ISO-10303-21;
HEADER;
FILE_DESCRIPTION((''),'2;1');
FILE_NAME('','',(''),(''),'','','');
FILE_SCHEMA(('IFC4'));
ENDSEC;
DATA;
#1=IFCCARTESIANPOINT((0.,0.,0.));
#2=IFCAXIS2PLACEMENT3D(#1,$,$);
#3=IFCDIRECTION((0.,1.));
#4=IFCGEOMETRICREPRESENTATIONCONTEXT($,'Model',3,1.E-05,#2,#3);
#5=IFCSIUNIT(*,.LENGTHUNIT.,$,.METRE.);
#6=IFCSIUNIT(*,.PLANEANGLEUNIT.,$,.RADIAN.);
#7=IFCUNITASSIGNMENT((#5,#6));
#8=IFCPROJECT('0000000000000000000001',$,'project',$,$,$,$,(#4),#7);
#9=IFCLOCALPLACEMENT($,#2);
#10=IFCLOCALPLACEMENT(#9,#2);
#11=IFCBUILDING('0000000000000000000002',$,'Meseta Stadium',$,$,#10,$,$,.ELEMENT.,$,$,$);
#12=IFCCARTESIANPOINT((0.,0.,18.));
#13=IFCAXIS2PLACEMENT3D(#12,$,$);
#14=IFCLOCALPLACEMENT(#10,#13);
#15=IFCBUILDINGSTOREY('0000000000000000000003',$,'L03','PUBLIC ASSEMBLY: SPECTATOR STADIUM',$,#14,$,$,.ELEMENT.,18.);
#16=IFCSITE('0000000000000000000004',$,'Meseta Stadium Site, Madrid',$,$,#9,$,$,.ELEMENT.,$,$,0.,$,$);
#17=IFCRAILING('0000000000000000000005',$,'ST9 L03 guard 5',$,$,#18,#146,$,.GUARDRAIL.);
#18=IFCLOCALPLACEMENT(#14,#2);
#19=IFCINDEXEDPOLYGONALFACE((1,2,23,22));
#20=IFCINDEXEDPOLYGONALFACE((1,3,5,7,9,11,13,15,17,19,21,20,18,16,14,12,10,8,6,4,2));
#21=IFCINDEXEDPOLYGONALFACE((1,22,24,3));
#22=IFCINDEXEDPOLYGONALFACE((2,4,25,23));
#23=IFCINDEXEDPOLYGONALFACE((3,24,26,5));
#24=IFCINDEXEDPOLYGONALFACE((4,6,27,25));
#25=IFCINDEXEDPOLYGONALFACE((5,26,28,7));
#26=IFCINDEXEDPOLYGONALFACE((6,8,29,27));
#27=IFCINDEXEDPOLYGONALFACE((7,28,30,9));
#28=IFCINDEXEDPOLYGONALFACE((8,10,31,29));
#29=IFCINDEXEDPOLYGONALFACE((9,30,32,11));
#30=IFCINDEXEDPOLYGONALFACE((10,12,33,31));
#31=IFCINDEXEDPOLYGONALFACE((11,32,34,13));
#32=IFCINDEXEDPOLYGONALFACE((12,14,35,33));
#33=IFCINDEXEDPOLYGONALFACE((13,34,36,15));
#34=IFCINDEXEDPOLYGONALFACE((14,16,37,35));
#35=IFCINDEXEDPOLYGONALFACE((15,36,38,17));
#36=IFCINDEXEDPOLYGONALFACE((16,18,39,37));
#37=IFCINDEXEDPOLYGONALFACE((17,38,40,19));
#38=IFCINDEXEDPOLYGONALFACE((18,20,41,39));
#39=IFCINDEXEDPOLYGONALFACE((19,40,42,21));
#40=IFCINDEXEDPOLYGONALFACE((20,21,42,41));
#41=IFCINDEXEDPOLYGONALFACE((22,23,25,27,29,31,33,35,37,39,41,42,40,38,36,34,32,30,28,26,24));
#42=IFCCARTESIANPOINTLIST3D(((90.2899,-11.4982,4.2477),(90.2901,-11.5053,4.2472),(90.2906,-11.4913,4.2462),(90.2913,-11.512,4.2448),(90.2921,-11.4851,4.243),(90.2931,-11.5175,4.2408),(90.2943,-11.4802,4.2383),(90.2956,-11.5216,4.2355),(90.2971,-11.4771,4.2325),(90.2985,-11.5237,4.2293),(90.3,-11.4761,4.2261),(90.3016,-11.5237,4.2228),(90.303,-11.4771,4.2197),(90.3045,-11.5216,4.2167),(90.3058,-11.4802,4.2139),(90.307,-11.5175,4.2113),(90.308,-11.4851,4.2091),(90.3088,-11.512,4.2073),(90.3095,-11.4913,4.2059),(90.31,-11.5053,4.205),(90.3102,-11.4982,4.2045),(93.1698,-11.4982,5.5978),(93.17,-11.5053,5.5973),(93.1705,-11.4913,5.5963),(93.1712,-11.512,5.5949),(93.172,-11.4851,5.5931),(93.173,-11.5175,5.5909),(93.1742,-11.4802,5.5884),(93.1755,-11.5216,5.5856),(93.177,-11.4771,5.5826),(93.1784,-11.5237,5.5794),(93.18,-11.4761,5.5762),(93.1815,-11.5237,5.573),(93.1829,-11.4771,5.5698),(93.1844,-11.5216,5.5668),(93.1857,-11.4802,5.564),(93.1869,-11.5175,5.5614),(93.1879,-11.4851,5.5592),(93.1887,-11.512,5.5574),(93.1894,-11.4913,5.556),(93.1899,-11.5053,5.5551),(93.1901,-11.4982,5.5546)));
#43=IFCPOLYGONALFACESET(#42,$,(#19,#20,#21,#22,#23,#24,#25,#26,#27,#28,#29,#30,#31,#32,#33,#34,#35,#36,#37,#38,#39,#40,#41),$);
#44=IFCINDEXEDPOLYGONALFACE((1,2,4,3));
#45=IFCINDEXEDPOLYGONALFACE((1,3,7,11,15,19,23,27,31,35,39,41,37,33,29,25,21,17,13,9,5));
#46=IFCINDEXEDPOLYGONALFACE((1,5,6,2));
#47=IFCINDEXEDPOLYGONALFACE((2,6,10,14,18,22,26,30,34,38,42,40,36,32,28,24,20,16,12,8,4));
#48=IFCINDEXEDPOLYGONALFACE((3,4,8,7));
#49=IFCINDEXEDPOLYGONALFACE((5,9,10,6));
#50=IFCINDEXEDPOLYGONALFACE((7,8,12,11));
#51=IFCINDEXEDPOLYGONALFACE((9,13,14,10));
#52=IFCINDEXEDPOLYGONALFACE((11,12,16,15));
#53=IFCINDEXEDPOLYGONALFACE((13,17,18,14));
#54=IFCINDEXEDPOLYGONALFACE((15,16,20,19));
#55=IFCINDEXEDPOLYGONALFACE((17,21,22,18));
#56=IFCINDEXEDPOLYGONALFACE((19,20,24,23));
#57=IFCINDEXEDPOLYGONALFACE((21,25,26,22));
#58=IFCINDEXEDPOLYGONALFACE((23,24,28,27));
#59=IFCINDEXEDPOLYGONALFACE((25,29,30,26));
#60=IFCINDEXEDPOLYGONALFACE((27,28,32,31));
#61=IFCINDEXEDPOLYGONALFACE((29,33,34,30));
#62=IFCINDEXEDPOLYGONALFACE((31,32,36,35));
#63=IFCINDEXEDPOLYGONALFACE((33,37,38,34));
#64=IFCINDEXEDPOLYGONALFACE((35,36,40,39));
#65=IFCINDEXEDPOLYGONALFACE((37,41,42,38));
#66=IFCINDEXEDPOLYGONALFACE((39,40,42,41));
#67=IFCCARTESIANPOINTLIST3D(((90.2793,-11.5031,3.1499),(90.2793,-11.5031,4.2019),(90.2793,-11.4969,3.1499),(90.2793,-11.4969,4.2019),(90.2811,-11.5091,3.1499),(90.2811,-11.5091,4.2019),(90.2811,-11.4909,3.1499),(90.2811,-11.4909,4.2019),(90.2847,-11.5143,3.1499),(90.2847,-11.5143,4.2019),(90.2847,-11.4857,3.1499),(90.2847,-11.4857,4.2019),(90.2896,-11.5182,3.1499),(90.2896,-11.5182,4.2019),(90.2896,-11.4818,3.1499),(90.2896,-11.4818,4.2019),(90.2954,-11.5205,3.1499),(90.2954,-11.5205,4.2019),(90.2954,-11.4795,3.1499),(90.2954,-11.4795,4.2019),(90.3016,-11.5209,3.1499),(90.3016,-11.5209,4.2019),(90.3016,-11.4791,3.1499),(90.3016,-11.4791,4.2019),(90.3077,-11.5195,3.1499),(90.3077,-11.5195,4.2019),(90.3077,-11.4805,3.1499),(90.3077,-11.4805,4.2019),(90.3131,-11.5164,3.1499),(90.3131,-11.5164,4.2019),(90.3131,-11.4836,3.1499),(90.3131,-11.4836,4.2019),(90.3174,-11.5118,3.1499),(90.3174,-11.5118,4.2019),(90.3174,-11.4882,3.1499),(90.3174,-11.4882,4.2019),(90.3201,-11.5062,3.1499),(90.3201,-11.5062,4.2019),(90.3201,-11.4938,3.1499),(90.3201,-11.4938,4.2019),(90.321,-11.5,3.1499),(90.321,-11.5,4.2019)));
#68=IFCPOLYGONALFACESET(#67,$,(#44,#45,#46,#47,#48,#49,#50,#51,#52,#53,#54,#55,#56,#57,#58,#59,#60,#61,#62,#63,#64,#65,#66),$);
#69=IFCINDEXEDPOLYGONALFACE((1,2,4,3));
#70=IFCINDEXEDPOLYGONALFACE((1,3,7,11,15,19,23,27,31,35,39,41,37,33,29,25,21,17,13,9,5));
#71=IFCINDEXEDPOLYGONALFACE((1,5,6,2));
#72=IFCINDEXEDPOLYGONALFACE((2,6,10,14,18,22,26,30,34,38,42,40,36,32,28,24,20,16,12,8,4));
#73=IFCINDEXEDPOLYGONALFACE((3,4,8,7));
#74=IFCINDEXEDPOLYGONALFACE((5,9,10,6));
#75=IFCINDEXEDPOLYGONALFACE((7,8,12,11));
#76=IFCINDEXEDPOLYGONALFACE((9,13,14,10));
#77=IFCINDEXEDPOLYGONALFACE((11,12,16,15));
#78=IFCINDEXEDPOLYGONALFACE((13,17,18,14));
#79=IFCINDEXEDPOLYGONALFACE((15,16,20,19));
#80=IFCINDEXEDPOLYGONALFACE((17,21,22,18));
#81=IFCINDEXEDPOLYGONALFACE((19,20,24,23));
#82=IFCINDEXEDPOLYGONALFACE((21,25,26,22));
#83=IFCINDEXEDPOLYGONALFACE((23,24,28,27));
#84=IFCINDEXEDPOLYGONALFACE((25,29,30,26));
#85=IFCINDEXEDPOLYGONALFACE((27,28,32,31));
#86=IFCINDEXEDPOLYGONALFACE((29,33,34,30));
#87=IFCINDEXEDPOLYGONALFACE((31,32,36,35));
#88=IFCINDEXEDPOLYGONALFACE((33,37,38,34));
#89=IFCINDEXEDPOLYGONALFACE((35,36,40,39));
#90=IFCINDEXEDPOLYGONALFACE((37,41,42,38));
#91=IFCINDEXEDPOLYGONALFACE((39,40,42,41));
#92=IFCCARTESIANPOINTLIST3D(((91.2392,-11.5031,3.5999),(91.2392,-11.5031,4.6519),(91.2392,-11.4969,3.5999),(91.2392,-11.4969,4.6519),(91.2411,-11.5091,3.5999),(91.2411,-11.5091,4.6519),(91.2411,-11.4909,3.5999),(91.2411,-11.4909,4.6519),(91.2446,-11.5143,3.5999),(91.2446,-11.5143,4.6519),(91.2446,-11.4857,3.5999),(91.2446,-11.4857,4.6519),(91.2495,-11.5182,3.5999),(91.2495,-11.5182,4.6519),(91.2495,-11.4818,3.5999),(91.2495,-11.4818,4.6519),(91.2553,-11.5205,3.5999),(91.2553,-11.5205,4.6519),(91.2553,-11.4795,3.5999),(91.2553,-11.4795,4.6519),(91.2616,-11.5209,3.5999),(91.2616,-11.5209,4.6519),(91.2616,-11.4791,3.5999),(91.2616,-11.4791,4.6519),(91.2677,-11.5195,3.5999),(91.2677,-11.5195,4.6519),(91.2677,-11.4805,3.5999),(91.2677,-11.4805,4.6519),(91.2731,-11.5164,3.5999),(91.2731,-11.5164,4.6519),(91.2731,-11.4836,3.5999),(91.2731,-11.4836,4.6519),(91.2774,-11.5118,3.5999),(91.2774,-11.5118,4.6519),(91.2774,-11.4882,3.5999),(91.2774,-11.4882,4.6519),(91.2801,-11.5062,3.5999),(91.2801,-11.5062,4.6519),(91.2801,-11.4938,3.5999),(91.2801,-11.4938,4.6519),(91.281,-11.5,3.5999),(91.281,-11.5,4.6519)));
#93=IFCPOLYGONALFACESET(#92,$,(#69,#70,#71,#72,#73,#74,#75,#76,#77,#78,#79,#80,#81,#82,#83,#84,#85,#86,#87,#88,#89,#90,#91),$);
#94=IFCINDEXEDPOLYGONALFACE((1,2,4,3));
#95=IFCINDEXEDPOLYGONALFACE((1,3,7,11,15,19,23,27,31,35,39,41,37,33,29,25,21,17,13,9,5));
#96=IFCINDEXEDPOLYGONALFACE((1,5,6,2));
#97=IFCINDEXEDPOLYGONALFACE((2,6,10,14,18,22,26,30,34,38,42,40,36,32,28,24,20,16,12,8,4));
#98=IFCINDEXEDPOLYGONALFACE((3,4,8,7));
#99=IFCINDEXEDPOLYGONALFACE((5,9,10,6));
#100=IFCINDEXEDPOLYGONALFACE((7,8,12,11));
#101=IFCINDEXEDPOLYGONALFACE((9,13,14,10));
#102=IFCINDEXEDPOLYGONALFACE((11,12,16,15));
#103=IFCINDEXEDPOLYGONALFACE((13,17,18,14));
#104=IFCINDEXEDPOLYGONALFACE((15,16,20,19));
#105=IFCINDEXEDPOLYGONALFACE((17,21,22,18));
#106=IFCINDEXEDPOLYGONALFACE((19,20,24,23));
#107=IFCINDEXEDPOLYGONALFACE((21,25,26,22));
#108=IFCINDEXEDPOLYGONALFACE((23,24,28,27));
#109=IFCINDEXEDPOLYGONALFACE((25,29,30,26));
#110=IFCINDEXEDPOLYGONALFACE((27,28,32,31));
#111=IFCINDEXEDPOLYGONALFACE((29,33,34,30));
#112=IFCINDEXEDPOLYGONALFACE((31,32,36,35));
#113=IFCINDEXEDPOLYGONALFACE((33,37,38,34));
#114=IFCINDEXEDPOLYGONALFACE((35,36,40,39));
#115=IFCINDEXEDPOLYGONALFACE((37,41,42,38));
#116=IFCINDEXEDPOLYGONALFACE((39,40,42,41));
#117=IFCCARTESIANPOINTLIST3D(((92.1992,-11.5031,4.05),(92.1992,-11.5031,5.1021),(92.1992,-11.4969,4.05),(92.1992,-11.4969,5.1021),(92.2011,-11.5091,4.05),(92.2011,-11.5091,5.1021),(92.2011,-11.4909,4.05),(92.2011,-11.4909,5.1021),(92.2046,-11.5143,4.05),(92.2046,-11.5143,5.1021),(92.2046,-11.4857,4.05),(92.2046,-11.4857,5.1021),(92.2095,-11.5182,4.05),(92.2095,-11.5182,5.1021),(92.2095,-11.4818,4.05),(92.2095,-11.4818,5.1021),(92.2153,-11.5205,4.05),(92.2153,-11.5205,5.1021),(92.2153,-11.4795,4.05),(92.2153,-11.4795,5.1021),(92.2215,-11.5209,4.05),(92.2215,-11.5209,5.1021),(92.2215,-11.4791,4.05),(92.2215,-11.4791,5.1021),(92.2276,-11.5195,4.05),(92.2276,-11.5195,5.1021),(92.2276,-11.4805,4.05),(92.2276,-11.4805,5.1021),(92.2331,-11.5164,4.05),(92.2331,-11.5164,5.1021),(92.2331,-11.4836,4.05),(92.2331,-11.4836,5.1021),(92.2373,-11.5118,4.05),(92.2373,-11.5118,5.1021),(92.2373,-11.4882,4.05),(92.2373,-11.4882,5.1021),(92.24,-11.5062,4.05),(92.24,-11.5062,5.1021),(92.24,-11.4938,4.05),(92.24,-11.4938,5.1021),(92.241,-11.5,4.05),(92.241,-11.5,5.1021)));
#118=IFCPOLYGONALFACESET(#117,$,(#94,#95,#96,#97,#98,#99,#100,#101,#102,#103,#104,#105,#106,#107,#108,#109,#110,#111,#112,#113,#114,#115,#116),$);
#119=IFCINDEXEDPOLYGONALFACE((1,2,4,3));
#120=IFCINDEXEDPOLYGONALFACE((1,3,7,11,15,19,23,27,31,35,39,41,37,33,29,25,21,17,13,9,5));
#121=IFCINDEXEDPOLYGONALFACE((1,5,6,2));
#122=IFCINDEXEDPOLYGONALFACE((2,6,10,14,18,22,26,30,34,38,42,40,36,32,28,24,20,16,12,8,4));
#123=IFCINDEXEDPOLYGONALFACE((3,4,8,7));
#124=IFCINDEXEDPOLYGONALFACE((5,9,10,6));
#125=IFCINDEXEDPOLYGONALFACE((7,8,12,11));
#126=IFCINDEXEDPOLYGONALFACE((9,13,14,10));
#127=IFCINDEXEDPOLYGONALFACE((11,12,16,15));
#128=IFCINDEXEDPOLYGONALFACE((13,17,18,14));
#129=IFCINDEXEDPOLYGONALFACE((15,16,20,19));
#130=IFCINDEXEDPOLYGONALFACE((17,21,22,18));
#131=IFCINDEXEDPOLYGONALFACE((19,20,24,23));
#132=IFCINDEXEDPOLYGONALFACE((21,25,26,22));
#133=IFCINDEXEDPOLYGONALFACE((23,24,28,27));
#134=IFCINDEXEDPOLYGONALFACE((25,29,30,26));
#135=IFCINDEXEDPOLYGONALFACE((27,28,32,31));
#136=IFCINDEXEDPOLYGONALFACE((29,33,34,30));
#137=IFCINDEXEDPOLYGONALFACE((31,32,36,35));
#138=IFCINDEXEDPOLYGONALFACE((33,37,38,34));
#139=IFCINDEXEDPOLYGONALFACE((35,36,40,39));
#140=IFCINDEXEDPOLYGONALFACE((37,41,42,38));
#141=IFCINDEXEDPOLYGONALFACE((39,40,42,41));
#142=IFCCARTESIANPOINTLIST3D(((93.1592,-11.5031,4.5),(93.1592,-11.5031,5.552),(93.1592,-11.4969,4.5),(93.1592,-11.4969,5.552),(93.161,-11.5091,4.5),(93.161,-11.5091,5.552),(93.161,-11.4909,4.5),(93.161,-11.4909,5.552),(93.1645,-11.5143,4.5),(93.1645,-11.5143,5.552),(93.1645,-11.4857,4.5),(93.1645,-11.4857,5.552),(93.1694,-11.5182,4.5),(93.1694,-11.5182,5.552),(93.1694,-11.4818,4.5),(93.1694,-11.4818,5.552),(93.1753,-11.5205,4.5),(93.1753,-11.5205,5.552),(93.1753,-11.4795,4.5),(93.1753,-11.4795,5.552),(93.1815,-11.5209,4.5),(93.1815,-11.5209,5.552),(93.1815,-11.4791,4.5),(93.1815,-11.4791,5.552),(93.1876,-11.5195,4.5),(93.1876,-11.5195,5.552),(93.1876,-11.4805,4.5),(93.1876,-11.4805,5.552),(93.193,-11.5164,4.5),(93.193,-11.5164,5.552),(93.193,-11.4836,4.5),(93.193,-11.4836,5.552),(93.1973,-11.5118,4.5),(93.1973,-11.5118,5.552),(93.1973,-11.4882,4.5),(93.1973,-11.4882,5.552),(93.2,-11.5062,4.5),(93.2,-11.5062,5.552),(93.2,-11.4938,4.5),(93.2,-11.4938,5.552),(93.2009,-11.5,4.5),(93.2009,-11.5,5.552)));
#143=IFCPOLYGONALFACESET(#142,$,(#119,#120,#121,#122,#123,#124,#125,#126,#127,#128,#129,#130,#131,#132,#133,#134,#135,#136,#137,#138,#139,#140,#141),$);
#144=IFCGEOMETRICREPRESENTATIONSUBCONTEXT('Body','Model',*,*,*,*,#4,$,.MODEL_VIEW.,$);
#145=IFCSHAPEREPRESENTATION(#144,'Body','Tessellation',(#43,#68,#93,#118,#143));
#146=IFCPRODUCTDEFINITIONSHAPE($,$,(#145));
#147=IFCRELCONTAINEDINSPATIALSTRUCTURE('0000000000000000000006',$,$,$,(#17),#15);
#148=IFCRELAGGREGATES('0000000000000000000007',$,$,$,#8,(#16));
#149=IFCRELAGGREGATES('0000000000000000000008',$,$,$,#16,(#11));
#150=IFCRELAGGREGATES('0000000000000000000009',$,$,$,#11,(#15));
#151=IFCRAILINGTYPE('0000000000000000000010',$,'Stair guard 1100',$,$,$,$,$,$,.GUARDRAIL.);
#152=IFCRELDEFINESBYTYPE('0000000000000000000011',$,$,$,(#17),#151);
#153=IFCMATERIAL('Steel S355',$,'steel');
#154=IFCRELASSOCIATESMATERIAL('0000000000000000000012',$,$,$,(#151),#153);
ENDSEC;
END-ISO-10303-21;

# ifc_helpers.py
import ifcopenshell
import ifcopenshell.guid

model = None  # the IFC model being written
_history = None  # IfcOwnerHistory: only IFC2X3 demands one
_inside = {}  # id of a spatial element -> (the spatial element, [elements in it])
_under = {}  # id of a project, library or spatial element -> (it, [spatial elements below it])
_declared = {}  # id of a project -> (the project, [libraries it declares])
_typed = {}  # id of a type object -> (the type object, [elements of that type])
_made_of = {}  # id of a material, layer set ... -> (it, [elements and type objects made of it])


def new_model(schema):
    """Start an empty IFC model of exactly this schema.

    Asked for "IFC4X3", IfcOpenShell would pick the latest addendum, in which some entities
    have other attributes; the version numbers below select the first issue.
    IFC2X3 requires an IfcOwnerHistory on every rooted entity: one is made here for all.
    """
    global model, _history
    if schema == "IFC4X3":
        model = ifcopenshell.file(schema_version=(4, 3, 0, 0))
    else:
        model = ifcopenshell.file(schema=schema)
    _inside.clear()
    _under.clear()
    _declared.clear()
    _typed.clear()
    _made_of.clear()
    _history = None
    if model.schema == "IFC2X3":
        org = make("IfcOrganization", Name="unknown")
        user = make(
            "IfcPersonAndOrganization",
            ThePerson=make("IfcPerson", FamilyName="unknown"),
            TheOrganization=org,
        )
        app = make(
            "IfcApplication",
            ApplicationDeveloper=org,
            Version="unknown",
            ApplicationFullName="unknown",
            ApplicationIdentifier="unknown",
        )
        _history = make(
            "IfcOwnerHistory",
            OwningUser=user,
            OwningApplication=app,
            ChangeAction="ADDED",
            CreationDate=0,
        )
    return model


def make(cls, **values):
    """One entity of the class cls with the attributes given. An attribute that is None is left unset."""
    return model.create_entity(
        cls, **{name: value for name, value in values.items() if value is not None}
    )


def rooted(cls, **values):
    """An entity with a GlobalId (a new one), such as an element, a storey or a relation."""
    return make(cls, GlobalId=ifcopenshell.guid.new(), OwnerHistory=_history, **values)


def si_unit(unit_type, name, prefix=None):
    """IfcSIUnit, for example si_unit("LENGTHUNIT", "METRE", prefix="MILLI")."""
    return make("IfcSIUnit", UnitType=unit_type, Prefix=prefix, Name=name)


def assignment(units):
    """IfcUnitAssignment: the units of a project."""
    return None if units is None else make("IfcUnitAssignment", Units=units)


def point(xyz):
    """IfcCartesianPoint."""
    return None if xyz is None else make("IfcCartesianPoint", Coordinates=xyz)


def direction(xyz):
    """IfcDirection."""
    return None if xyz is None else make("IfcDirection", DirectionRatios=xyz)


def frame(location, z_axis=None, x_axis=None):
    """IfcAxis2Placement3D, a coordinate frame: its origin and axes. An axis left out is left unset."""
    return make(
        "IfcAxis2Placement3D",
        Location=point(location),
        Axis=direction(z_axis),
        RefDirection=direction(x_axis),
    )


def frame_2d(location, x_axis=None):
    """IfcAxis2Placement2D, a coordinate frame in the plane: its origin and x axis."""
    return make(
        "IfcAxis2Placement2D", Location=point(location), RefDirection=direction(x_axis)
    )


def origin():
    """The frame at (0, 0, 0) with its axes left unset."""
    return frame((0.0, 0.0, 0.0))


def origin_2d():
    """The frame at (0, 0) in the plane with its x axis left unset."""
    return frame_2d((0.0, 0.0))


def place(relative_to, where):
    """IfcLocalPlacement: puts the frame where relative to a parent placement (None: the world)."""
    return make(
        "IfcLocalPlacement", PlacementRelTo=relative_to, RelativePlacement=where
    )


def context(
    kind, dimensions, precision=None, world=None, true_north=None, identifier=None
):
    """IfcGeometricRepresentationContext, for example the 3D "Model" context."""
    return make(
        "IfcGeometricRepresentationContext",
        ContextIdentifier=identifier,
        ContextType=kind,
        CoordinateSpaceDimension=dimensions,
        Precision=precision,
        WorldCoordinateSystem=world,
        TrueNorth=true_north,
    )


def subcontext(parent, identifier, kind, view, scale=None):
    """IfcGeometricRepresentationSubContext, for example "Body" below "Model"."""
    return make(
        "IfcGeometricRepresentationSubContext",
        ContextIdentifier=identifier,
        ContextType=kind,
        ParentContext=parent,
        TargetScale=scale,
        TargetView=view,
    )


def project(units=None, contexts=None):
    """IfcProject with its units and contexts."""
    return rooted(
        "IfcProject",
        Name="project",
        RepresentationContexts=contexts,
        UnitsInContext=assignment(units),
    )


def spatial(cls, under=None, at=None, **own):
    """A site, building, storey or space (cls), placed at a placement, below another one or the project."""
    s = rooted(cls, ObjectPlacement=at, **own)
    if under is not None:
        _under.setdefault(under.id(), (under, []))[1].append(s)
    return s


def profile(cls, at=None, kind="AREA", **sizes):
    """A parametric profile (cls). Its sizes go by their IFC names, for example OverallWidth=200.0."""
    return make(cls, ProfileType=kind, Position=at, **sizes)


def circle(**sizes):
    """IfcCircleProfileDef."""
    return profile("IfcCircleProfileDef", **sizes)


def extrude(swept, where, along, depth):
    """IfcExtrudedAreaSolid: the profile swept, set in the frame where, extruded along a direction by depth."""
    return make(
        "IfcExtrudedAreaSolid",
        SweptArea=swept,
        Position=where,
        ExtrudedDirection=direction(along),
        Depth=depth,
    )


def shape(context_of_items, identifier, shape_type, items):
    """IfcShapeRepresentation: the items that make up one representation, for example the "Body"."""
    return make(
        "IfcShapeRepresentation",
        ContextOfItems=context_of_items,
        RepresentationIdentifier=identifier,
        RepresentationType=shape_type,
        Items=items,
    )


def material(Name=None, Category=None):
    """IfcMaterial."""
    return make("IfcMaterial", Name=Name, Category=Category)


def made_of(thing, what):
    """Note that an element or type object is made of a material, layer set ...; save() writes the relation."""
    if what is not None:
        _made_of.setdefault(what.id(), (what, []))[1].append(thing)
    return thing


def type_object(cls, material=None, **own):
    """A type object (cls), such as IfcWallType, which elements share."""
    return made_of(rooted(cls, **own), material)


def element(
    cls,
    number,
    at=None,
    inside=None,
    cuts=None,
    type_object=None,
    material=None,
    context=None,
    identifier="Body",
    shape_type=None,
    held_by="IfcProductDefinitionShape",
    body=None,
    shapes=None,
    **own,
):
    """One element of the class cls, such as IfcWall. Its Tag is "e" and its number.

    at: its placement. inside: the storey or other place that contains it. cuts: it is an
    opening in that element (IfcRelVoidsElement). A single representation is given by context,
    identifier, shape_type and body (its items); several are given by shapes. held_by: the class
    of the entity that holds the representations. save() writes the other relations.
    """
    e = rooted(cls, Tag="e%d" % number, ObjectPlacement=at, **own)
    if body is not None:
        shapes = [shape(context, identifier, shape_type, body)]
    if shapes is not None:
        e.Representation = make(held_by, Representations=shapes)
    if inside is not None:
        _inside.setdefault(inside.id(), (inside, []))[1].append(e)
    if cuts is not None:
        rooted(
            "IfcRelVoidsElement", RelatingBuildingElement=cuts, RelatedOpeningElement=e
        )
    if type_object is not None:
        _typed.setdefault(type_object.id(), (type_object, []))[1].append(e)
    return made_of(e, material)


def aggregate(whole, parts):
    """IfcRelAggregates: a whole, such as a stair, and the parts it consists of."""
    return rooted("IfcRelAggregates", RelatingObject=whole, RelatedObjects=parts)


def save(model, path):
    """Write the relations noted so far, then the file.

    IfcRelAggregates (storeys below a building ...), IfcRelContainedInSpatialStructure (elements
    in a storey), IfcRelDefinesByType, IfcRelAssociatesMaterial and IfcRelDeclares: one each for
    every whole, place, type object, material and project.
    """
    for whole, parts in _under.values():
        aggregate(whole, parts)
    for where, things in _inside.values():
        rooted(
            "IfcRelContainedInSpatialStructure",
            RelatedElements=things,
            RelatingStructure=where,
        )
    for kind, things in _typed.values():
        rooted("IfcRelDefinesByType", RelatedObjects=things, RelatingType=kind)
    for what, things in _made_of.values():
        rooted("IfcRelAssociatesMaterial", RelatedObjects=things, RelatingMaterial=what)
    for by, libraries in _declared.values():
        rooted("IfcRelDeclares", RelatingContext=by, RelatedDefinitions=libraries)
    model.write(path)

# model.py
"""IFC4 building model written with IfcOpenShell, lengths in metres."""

from ifc_helpers import new_model, si_unit, direction, frame, origin, origin_2d, place, context, subcontext, project, spatial, circle, extrude, material, type_object, element, save


model = new_model("IFC4")

# Units and contexts
model_context = context("Model", 3, precision=1e-05, world=origin(), true_north=direction((0.0, 1.0)))
body_context = subcontext(model_context, "Body", "Model", "MODEL_VIEW")
ifc_project = project(units=[si_unit("LENGTHUNIT", "METRE"), si_unit("PLANEANGLEUNIT", "RADIAN")], contexts=[model_context])

# Site, building, storey
site_placement = place(None, origin())
site = spatial("IfcSite", under=ifc_project, at=site_placement, Name="Meseta Stadium Site, Madrid", CompositionType="ELEMENT", RefElevation=0.0)
building_placement = place(site_placement, origin())
building = spatial("IfcBuilding", under=site, at=building_placement, Name="Meseta Stadium", CompositionType="ELEMENT")
storey_placement = place(building_placement, frame((0.0, 0.0, 18.0)))
storey = spatial("IfcBuildingStorey", under=building, at=storey_placement, Name="L03", Description="PUBLIC ASSEMBLY: SPECTATOR STADIUM", CompositionType="ELEMENT", Elevation=18.0)

# Railing
ifc_material_1 = material(Name="Steel S355", Category="steel")
railing_type_1 = type_object("IfcRailingType", Name="Stair guard 1100", PredefinedType="GUARDRAIL", material=ifc_material_1)
railing_1_placement = place(storey_placement, frame((90.3, -11.5, 3.1499)))
element("IfcRailing", 1, at=railing_1_placement, inside=storey, type_object=railing_type_1, Name="ST9 L03 guard 5", PredefinedType="GUARDRAIL", context=body_context, shape_type="SweptSolid", body=[
    extrude(circle(Radius=0.0239, at=origin_2d()), frame((0.0, 0.0, 1.0762), z_axis=(0.90544, 0.0, 0.424473), x_axis=(0.0, 1.0, 0.0)), (0.0, 0.0, 1.0), 3.1807),
    extrude(circle(Radius=0.021, at=origin_2d()), origin(), (0.0, 0.0, 1.0), 1.052),
    extrude(circle(Radius=0.021, at=origin_2d()), frame((0.96, 0.0, 0.45)), (0.0, 0.0, 1.0), 1.052),
    extrude(circle(Radius=0.021, at=origin_2d()), frame((1.9199, 0.0, 0.9001)), (0.0, 0.0, 1.0), 1.052),
    extrude(circle(Radius=0.021, at=origin_2d()), frame((2.8799, 0.0, 1.3501)), (0.0, 0.0, 1.0), 1.052),
])

save(model, "model.ifc")
